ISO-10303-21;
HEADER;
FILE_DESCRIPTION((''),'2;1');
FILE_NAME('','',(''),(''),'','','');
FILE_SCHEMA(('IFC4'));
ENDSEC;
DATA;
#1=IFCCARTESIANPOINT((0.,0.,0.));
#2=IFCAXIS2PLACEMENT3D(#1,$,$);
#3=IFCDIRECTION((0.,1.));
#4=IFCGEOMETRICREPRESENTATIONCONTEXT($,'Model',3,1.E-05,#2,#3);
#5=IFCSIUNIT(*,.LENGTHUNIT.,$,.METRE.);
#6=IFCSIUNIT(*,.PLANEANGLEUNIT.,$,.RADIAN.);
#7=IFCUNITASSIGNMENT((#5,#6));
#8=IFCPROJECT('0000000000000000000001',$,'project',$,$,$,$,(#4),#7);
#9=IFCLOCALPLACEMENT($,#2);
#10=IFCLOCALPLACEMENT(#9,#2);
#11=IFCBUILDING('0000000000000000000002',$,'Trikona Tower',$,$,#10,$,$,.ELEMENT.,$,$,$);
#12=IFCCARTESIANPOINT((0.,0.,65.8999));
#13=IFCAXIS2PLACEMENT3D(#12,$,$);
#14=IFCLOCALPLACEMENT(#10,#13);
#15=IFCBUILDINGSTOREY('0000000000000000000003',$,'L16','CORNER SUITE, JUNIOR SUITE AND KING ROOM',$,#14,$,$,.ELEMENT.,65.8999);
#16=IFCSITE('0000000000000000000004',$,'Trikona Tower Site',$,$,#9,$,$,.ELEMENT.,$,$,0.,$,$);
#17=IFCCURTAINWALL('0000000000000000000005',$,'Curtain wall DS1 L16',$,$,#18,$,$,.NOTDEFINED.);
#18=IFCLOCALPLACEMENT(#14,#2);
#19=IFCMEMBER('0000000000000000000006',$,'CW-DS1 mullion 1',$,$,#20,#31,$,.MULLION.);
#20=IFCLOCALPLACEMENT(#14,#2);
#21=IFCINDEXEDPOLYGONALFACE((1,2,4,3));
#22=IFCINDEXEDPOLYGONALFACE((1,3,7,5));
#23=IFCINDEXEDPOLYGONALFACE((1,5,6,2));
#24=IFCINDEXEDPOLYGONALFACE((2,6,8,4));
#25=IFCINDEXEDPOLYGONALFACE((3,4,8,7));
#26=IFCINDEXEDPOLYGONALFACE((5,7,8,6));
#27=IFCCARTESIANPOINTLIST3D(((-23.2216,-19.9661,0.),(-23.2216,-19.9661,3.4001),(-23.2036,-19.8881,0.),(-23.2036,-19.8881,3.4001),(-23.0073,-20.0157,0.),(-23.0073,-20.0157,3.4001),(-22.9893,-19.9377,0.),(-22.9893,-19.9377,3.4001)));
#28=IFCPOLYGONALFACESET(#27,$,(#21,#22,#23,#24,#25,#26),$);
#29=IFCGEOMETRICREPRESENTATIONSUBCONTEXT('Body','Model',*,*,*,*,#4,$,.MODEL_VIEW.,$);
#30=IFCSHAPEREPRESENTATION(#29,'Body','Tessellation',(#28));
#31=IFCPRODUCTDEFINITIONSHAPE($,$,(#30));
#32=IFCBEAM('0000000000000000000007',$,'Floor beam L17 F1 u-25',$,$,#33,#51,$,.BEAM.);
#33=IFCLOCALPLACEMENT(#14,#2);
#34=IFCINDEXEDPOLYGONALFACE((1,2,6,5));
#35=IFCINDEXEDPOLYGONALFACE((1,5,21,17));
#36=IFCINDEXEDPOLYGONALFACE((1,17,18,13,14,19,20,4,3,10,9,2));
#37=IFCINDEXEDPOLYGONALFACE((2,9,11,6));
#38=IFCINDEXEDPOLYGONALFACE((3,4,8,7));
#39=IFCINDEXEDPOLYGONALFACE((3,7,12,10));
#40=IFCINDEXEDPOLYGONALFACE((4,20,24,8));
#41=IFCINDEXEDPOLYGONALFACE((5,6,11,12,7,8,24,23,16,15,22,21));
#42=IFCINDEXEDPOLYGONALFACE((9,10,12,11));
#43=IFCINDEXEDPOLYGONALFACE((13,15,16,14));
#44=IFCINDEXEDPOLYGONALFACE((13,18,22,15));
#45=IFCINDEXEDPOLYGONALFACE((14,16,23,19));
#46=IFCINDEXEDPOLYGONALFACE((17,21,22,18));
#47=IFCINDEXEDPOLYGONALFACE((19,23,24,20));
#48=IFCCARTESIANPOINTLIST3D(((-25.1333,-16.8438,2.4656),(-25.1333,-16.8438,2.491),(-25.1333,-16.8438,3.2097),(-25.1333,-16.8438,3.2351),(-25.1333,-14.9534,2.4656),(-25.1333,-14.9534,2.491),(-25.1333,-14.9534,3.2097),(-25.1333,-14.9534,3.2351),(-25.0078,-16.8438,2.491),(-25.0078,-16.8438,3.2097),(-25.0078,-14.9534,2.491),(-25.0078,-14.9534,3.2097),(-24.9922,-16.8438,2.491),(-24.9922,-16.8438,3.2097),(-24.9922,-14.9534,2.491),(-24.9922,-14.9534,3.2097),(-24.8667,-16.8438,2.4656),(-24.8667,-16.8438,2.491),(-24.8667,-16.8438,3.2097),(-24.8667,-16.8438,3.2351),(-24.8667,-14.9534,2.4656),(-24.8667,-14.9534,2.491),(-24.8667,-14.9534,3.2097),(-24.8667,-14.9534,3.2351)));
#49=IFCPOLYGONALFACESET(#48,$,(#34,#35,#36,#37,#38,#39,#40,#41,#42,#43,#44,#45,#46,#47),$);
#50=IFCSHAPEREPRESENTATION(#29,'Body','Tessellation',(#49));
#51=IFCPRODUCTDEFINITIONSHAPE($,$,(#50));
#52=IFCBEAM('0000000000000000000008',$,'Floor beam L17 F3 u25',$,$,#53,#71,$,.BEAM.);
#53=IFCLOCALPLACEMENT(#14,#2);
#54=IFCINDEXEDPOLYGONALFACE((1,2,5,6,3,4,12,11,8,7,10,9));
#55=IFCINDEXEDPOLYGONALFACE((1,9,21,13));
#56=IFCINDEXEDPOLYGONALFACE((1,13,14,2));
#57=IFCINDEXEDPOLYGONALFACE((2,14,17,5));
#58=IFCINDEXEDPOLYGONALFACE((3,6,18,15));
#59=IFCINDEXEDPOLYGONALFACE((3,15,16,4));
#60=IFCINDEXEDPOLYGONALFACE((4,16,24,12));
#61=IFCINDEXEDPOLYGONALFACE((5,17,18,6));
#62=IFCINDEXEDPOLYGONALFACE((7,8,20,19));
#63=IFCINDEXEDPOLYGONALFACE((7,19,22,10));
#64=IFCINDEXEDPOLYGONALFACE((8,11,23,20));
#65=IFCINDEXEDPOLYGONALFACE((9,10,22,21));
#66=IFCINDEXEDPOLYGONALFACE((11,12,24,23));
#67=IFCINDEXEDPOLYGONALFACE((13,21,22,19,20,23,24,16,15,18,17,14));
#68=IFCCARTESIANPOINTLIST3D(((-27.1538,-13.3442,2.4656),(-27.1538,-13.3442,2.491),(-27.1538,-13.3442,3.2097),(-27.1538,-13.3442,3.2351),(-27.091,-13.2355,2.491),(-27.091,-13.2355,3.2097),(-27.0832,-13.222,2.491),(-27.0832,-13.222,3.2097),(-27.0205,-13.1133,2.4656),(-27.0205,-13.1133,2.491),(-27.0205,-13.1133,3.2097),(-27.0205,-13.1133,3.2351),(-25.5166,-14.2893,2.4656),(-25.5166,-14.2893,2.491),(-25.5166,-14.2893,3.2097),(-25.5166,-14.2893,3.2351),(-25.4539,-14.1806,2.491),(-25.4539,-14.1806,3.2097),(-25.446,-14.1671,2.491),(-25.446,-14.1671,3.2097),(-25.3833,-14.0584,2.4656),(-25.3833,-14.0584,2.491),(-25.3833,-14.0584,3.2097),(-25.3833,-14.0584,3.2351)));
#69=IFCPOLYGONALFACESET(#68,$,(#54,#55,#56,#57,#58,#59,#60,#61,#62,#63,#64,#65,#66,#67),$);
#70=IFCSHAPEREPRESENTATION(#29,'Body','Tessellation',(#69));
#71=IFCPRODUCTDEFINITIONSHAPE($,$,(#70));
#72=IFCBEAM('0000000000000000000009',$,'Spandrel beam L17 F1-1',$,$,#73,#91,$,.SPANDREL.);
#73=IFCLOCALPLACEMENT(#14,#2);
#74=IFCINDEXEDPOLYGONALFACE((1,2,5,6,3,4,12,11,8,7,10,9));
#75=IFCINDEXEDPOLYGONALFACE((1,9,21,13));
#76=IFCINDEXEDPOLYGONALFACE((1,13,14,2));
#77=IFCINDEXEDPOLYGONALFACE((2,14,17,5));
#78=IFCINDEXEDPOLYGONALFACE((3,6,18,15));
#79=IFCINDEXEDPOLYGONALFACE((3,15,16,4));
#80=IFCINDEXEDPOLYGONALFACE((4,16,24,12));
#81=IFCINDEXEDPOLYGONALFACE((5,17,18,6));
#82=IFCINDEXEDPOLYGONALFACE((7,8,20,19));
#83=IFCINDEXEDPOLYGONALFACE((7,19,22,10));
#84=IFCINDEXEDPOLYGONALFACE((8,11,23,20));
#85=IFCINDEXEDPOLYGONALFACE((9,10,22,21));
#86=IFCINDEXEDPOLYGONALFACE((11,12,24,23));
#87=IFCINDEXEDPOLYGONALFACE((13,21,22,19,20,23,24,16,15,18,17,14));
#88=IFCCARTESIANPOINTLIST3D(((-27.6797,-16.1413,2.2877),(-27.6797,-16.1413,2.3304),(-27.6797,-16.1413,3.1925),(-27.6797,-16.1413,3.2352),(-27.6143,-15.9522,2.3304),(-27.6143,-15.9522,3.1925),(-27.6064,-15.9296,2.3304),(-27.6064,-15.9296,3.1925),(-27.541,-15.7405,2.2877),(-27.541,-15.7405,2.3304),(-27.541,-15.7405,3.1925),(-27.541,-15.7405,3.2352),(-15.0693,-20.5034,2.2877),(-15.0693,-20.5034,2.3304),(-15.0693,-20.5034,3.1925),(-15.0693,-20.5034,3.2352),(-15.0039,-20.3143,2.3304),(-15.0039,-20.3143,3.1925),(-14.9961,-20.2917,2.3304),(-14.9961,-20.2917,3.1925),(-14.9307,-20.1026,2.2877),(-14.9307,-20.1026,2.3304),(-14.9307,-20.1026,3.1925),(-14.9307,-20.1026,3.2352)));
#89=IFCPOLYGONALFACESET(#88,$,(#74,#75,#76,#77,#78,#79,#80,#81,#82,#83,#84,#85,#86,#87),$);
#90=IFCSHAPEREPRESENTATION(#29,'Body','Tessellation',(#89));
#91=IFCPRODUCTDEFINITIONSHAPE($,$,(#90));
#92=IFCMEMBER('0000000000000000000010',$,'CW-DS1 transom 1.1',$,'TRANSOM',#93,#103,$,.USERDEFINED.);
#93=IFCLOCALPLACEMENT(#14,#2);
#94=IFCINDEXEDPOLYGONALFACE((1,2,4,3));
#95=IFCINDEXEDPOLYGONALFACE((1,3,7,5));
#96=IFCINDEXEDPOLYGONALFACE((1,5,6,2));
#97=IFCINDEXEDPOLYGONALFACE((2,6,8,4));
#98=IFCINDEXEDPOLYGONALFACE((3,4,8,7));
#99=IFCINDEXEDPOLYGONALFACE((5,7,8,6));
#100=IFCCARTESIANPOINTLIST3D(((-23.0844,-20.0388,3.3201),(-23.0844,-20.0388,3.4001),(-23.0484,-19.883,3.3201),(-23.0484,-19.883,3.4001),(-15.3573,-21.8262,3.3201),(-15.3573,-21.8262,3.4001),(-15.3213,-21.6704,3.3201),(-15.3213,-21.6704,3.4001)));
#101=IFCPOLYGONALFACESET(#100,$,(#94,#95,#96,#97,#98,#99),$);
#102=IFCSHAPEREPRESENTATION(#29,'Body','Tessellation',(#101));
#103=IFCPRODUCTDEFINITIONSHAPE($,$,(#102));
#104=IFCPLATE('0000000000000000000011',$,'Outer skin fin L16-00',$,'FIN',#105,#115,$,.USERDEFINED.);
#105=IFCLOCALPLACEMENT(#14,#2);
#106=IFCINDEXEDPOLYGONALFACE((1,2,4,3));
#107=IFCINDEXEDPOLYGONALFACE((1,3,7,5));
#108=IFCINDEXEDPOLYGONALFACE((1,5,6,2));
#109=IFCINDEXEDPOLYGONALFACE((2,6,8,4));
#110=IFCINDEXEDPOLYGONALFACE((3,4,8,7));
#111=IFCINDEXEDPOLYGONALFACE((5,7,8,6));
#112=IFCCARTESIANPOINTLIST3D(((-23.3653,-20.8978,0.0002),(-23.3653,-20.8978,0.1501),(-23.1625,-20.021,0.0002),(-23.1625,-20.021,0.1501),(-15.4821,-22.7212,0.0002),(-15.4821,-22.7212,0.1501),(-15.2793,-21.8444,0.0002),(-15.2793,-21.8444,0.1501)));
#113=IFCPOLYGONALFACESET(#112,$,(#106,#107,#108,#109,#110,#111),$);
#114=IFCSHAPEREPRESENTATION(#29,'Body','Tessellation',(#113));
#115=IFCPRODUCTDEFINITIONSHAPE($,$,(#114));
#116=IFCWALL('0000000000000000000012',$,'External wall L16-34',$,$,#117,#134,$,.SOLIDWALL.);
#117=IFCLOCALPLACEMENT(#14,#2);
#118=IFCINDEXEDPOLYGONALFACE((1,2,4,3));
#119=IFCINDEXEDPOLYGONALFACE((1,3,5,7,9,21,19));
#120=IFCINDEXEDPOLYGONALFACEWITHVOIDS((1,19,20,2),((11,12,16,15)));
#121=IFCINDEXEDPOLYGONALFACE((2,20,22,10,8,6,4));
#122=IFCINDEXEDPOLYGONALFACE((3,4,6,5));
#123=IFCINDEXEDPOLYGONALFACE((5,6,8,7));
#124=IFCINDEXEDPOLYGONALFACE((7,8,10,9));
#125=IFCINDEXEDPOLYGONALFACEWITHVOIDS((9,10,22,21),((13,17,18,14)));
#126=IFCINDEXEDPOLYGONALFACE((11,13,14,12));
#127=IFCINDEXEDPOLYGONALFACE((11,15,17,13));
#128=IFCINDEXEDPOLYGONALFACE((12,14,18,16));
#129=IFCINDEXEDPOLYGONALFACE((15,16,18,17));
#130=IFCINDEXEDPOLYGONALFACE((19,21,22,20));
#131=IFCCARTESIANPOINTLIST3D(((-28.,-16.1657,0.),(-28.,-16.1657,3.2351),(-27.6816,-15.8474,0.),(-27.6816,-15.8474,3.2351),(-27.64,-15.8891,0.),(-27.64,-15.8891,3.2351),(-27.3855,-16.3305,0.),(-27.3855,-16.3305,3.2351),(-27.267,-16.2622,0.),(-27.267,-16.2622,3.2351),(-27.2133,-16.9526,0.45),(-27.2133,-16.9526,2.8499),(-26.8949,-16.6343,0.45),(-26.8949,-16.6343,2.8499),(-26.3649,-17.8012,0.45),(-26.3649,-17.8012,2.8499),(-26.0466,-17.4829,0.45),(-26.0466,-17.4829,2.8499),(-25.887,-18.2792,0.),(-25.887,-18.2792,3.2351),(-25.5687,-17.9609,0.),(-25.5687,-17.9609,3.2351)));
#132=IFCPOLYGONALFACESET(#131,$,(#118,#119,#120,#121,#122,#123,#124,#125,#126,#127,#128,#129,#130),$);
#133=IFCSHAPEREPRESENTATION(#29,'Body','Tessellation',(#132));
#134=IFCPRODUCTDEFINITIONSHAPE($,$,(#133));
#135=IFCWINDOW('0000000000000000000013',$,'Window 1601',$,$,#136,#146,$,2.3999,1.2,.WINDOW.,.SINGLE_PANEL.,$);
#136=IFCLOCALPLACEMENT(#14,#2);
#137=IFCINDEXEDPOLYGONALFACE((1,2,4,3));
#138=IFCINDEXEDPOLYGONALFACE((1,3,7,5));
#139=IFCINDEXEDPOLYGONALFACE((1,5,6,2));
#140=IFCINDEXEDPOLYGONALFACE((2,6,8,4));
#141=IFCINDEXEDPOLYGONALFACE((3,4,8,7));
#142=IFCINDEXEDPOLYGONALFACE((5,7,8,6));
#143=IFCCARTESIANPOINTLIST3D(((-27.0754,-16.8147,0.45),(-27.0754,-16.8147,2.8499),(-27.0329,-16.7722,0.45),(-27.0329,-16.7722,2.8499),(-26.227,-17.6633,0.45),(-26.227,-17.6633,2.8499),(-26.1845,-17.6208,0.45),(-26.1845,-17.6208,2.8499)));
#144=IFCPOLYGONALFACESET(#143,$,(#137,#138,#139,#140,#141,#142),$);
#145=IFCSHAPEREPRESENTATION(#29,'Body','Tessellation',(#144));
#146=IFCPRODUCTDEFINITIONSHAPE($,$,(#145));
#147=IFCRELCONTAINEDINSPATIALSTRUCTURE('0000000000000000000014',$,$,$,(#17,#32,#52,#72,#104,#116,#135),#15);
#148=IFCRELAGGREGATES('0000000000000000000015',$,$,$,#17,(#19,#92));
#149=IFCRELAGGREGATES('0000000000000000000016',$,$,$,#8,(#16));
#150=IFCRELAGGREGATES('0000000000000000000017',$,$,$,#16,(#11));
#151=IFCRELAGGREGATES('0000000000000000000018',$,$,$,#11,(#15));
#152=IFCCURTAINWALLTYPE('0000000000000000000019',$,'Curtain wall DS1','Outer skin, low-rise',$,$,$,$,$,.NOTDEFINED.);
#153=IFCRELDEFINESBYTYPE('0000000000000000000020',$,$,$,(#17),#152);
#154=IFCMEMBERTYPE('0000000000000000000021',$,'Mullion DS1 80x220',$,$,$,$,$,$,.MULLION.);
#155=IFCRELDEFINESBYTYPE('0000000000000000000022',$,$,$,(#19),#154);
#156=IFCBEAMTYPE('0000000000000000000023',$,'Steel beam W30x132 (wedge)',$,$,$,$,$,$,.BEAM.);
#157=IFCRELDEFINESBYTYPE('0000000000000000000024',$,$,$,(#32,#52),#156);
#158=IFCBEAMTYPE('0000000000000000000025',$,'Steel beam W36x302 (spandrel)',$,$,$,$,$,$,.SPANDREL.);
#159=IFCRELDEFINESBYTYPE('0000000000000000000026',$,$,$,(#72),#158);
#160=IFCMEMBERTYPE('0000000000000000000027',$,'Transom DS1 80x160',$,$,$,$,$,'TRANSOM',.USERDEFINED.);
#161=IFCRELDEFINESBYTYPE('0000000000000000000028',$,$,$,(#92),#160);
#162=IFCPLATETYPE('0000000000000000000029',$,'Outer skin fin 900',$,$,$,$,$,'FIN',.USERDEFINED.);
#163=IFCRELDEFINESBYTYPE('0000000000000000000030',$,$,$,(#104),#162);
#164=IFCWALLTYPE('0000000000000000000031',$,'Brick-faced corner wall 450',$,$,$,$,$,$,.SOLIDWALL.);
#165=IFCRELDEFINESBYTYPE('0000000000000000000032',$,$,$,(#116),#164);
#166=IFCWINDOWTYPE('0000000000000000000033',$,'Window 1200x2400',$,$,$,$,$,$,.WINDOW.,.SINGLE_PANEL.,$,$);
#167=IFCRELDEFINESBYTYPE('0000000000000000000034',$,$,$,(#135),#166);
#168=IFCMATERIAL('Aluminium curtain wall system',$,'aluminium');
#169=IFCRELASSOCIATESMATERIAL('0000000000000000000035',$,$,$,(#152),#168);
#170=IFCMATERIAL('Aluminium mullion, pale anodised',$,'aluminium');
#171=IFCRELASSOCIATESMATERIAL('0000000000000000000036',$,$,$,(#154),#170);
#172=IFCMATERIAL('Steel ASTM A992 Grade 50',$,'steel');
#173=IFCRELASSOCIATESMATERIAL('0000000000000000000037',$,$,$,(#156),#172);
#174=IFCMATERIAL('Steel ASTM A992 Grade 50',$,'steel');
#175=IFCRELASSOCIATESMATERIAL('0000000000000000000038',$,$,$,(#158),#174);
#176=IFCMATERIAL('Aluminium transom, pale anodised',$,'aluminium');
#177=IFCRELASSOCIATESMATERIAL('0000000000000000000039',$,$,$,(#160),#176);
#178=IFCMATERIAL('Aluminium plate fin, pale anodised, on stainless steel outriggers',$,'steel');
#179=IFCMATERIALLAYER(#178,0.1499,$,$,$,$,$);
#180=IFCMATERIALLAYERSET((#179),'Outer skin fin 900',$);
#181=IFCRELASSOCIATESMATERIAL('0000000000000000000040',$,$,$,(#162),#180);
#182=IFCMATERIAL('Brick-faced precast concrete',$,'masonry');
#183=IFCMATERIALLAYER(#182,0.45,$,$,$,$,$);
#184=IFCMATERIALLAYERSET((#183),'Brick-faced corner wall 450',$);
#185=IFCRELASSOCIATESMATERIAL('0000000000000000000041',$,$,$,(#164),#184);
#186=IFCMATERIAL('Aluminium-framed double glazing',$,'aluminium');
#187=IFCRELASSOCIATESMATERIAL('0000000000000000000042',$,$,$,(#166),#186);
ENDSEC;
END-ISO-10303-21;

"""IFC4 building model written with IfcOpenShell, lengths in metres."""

from ifc_helpers import new_model, si_unit, direction, frame, frame_2d, origin, origin_2d, place, context, subcontext, project, spatial, polyline, rectangle, i_section, outline, extrude, material, layer, layer_set, material_profile, profile_set, type_object, element, fill, aggregate, save


model = new_model("IFC4")

# Units and contexts
model_context = context("Model", 3, precision=1e-05, world=origin(), true_north=direction((0.0, 1.0)))
body_context = subcontext(model_context, "Body", "Model", "MODEL_VIEW")
ifc_project = project(units=[si_unit("LENGTHUNIT", "METRE"), si_unit("PLANEANGLEUNIT", "RADIAN")], contexts=[model_context])

# Site, building, storey
site_placement = place(None, origin())
site = spatial("IfcSite", under=ifc_project, at=site_placement, Name="Trikona Tower Site", CompositionType="ELEMENT", RefElevation=0.0)
building_placement = place(site_placement, origin())
building = spatial("IfcBuilding", under=site, at=building_placement, Name="Trikona Tower", CompositionType="ELEMENT")
storey_placement = place(building_placement, frame((0.0, 0.0, 65.8999)))
storey = spatial("IfcBuildingStorey", under=building, at=storey_placement, Name="L16", Description="CORNER SUITE, JUNIOR SUITE AND KING ROOM", CompositionType="ELEMENT", Elevation=65.8999)

# Curtain wall, member
ifc_material_1 = material(Name="Aluminium curtain wall system", Category="aluminium")
curtain_wall_type = type_object("IfcCurtainWallType", Name="Curtain wall DS1", Description="Outer skin, low-rise", PredefinedType="NOTDEFINED", material=ifc_material_1)
curtain_wall_placement = place(storey_placement, origin())
curtain_wall = element("IfcCurtainWall", 1, at=curtain_wall_placement, inside=storey, type_object=curtain_wall_type, Name="Curtain wall DS1 L16", PredefinedType="NOTDEFINED")
ifc_material_2 = material(Name="Aluminium mullion, pale anodised", Category="aluminium")
ifc_material_profile_1 = material_profile(ifc_material_2, rectangle(XDim=0.0801, YDim=0.22, at=origin_2d()), Name="MUL-DS1")
ifc_profile_set_1 = profile_set([ifc_material_profile_1], Name="Aluminium mullion, pale anodised")
member_type_1 = type_object("IfcMemberType", Name="Mullion DS1 80x220", PredefinedType="MULLION", material=ifc_profile_set_1)
member_1_placement = place(storey_placement, frame((-23.1055, -19.9519, 0.0), z_axis=(0.0, 0.0, 1.0), x_axis=(0.225343, 0.974279, 0.0)))
member_1 = element("IfcMember", 2, at=member_1_placement, type_object=member_type_1, Name="CW-DS1 mullion 1", PredefinedType="MULLION", context=body_context, shape_type="SweptSolid", body=[
    extrude(rectangle(XDim=0.0801, YDim=0.22, at=origin_2d()), origin(), (0.0, 0.0, 1.0), 3.4001),
])

# Beams
ifc_material_3 = material(Name="Steel ASTM A992 Grade 50", Category="steel")
ifc_material_profile_2 = material_profile(ifc_material_3, i_section(OverallWidth=0.2666, OverallDepth=0.7695, WebThickness=0.0156, FlangeThickness=0.0254, at=origin_2d()), Name="W30X132")
ifc_profile_set_2 = profile_set([ifc_material_profile_2], Name="Steel ASTM A992 Grade 50")
beam_type_1 = type_object("IfcBeamType", Name="Steel beam W30x132 (wedge)", PredefinedType="BEAM", material=ifc_profile_set_2)
for number, where, z_axis, x_axis, name in (
    (3, (-25.0, -14.9534, 2.8503), (0.0, -1.0, 0.0), (1.0, 0.0, 0.0), "Floor beam L17 F1 u-25"),
    (4, (-25.45, -14.1738, 2.8503), (-0.866065, 0.499931, 0.0), (-0.499931, -0.866065, 0.0), "Floor beam L17 F3 u25"),
):
    element("IfcBeam", number, at=place(storey_placement, frame(where, z_axis=z_axis, x_axis=x_axis)), inside=storey, type_object=beam_type_1, Name=name, PredefinedType="BEAM", context=body_context, shape_type="SweptSolid", body=[
        extrude(i_section(OverallWidth=0.2666, OverallDepth=0.7695, WebThickness=0.0156, FlangeThickness=0.0254, at=origin_2d()), origin(), (0.0, 0.0, 1.0), 1.8904),
    ])
ifc_material_4 = material(Name="Steel ASTM A992 Grade 50", Category="steel")
ifc_material_profile_3 = material_profile(ifc_material_4, i_section(OverallWidth=0.4241, OverallDepth=0.9475, WebThickness=0.0239, FlangeThickness=0.0427, at=origin_2d()), Name="W36X302")
ifc_profile_set_3 = profile_set([ifc_material_profile_3], Name="Steel ASTM A992 Grade 50")
beam_type_2 = type_object("IfcBeamType", Name="Steel beam W36x302 (spandrel)", PredefinedType="SPANDREL", material=ifc_profile_set_3)
beam_placement = place(storey_placement, frame((-27.6104, -15.9409, 2.7615), z_axis=(0.945057, -0.326906, 0.0), x_axis=(0.326906, 0.945057, 0.0)))
element("IfcBeam", 5, at=beam_placement, inside=storey, type_object=beam_type_2, Name="Spandrel beam L17 F1-1", PredefinedType="SPANDREL", context=body_context, shape_type="SweptSolid", body=[
    extrude(i_section(OverallWidth=0.4241, OverallDepth=0.9475, WebThickness=0.0239, FlangeThickness=0.0427, at=origin_2d()), origin(), (0.0, 0.0, 1.0), 13.3435),
])

# Member
ifc_material_5 = material(Name="Aluminium transom, pale anodised", Category="aluminium")
ifc_material_profile_4 = material_profile(ifc_material_5, rectangle(XDim=0.1599, YDim=0.0801, at=origin_2d()), Name="TRN-DS1")
ifc_profile_set_4 = profile_set([ifc_material_profile_4], Name="Aluminium transom, pale anodised")
member_type_2 = type_object("IfcMemberType", Name="Transom DS1 80x160", ElementType="TRANSOM", PredefinedType="USERDEFINED", material=ifc_profile_set_4)
member_2_placement = place(storey_placement, frame((-23.0664, -19.9609, 3.3601), z_axis=(0.974275, -0.225361, 0.0), x_axis=(0.225361, 0.974275, 0.0)))
member_2 = element("IfcMember", 6, at=member_2_placement, type_object=member_type_2, Name="CW-DS1 transom 1.1", ObjectType="TRANSOM", PredefinedType="USERDEFINED", context=body_context, shape_type="SweptSolid", body=[
    extrude(rectangle(XDim=0.1599, YDim=0.0801, at=origin_2d()), origin(), (0.0, 0.0, 1.0), 7.9312),
])
aggregate(curtain_wall, [member_1, member_2])

# Plate
ifc_material_6 = material(Name="Aluminium plate fin, pale anodised, on stainless steel outriggers", Category="steel")
ifc_layer_1 = layer(ifc_material_6, 0.1499)
ifc_layer_set_1 = layer_set([ifc_layer_1], Name="Outer skin fin 900")
plate_type = type_object("IfcPlateType", Name="Outer skin fin 900", ElementType="FIN", PredefinedType="USERDEFINED", material=ifc_layer_set_1)
plate_placement = place(storey_placement, frame((-19.3223, -21.3711, 0.0002), z_axis=(0.0, 0.0, 1.0), x_axis=(0.974278, -0.225351, 0.0)))
element("IfcPlate", 7, at=plate_placement, inside=storey, type_object=plate_type, Name="Outer skin fin L16-00", ObjectType="FIN", PredefinedType="USERDEFINED", context=body_context, shape_type="SweptSolid", body=[
    extrude(rectangle(XDim=8.0913, YDim=0.8999, at=origin_2d()), origin(), (0.0, 0.0, 1.0), 0.1499),
])

# Wall, opening, window
ifc_material_7 = material(Name="Brick-faced precast concrete", Category="masonry")
ifc_layer_2 = layer(ifc_material_7, 0.45)
ifc_layer_set_2 = layer_set([ifc_layer_2], Name="Brick-faced corner wall 450")
wall_type_1 = type_object("IfcWallType", Name="Brick-faced corner wall 450", PredefinedType="SOLIDWALL", material=ifc_layer_set_2)
wall_1_placement = place(storey_placement, frame((-27.8408, -16.0066, 0.0), z_axis=(0.0, 0.0, 1.0), x_axis=(0.707025, -0.707188, 0.0)))
wall_1 = element("IfcWall", 8, at=wall_1_placement, inside=storey, type_object=wall_type_1, Name="External wall L16-34", PredefinedType="SOLIDWALL", context=body_context, shape_type="SweptSolid", body=[
    extrude(outline(polyline([(2.9885, 0.2251), (0.5864, 0.2251), (0.551, 0.093), (0.0588, 0.2251), (0.0, 0.2251), (0.0, -0.2251), (2.9885, -0.2251), (2.9885, 0.2251)])), origin(), (0.0, 0.0, 1.0), 3.2351),
])
opening_1_placement = place(wall_1_placement, frame((1.1125, 0.0, 0.45)))
opening_1 = element("IfcOpeningElement", 9, at=opening_1_placement, cuts=wall_1, PredefinedType="OPENING", context=body_context, shape_type="SweptSolid", body=[
    extrude(rectangle(XDim=1.2, YDim=2.3999, at=frame_2d((0.6001, 1.2))), frame((0.0, 0.2349, 0.0), z_axis=(0.0, -1.0, 0.0), x_axis=(1.0, 0.0, 0.0)), (0.0, 0.0, 1.0), 0.47),
])
ifc_material_8 = material(Name="Aluminium-framed double glazing", Category="aluminium")
window_type_1 = type_object("IfcWindowType", Name="Window 1200x2400", PartitioningType="SINGLE_PANEL", PredefinedType="WINDOW", material=ifc_material_8)
window_1_placement = place(opening_1_placement, origin())
window_1 = element("IfcWindow", 10, at=window_1_placement, inside=storey, type_object=window_type_1, Name="Window 1601", OverallHeight=2.3999, OverallWidth=1.2, PartitioningType="SINGLE_PANEL", PredefinedType="WINDOW", context=body_context, shape_type="SweptSolid", body=[
    extrude(rectangle(XDim=1.2, YDim=2.3999, at=frame_2d((0.6001, 1.2))), frame((0.0, 0.03, 0.0), z_axis=(0.0, -1.0, 0.0), x_axis=(1.0, 0.0, 0.0)), (0.0, 0.0, 1.0), 0.0601),
])
fill(opening_1, window_1)

save(model, "model.ifc")
